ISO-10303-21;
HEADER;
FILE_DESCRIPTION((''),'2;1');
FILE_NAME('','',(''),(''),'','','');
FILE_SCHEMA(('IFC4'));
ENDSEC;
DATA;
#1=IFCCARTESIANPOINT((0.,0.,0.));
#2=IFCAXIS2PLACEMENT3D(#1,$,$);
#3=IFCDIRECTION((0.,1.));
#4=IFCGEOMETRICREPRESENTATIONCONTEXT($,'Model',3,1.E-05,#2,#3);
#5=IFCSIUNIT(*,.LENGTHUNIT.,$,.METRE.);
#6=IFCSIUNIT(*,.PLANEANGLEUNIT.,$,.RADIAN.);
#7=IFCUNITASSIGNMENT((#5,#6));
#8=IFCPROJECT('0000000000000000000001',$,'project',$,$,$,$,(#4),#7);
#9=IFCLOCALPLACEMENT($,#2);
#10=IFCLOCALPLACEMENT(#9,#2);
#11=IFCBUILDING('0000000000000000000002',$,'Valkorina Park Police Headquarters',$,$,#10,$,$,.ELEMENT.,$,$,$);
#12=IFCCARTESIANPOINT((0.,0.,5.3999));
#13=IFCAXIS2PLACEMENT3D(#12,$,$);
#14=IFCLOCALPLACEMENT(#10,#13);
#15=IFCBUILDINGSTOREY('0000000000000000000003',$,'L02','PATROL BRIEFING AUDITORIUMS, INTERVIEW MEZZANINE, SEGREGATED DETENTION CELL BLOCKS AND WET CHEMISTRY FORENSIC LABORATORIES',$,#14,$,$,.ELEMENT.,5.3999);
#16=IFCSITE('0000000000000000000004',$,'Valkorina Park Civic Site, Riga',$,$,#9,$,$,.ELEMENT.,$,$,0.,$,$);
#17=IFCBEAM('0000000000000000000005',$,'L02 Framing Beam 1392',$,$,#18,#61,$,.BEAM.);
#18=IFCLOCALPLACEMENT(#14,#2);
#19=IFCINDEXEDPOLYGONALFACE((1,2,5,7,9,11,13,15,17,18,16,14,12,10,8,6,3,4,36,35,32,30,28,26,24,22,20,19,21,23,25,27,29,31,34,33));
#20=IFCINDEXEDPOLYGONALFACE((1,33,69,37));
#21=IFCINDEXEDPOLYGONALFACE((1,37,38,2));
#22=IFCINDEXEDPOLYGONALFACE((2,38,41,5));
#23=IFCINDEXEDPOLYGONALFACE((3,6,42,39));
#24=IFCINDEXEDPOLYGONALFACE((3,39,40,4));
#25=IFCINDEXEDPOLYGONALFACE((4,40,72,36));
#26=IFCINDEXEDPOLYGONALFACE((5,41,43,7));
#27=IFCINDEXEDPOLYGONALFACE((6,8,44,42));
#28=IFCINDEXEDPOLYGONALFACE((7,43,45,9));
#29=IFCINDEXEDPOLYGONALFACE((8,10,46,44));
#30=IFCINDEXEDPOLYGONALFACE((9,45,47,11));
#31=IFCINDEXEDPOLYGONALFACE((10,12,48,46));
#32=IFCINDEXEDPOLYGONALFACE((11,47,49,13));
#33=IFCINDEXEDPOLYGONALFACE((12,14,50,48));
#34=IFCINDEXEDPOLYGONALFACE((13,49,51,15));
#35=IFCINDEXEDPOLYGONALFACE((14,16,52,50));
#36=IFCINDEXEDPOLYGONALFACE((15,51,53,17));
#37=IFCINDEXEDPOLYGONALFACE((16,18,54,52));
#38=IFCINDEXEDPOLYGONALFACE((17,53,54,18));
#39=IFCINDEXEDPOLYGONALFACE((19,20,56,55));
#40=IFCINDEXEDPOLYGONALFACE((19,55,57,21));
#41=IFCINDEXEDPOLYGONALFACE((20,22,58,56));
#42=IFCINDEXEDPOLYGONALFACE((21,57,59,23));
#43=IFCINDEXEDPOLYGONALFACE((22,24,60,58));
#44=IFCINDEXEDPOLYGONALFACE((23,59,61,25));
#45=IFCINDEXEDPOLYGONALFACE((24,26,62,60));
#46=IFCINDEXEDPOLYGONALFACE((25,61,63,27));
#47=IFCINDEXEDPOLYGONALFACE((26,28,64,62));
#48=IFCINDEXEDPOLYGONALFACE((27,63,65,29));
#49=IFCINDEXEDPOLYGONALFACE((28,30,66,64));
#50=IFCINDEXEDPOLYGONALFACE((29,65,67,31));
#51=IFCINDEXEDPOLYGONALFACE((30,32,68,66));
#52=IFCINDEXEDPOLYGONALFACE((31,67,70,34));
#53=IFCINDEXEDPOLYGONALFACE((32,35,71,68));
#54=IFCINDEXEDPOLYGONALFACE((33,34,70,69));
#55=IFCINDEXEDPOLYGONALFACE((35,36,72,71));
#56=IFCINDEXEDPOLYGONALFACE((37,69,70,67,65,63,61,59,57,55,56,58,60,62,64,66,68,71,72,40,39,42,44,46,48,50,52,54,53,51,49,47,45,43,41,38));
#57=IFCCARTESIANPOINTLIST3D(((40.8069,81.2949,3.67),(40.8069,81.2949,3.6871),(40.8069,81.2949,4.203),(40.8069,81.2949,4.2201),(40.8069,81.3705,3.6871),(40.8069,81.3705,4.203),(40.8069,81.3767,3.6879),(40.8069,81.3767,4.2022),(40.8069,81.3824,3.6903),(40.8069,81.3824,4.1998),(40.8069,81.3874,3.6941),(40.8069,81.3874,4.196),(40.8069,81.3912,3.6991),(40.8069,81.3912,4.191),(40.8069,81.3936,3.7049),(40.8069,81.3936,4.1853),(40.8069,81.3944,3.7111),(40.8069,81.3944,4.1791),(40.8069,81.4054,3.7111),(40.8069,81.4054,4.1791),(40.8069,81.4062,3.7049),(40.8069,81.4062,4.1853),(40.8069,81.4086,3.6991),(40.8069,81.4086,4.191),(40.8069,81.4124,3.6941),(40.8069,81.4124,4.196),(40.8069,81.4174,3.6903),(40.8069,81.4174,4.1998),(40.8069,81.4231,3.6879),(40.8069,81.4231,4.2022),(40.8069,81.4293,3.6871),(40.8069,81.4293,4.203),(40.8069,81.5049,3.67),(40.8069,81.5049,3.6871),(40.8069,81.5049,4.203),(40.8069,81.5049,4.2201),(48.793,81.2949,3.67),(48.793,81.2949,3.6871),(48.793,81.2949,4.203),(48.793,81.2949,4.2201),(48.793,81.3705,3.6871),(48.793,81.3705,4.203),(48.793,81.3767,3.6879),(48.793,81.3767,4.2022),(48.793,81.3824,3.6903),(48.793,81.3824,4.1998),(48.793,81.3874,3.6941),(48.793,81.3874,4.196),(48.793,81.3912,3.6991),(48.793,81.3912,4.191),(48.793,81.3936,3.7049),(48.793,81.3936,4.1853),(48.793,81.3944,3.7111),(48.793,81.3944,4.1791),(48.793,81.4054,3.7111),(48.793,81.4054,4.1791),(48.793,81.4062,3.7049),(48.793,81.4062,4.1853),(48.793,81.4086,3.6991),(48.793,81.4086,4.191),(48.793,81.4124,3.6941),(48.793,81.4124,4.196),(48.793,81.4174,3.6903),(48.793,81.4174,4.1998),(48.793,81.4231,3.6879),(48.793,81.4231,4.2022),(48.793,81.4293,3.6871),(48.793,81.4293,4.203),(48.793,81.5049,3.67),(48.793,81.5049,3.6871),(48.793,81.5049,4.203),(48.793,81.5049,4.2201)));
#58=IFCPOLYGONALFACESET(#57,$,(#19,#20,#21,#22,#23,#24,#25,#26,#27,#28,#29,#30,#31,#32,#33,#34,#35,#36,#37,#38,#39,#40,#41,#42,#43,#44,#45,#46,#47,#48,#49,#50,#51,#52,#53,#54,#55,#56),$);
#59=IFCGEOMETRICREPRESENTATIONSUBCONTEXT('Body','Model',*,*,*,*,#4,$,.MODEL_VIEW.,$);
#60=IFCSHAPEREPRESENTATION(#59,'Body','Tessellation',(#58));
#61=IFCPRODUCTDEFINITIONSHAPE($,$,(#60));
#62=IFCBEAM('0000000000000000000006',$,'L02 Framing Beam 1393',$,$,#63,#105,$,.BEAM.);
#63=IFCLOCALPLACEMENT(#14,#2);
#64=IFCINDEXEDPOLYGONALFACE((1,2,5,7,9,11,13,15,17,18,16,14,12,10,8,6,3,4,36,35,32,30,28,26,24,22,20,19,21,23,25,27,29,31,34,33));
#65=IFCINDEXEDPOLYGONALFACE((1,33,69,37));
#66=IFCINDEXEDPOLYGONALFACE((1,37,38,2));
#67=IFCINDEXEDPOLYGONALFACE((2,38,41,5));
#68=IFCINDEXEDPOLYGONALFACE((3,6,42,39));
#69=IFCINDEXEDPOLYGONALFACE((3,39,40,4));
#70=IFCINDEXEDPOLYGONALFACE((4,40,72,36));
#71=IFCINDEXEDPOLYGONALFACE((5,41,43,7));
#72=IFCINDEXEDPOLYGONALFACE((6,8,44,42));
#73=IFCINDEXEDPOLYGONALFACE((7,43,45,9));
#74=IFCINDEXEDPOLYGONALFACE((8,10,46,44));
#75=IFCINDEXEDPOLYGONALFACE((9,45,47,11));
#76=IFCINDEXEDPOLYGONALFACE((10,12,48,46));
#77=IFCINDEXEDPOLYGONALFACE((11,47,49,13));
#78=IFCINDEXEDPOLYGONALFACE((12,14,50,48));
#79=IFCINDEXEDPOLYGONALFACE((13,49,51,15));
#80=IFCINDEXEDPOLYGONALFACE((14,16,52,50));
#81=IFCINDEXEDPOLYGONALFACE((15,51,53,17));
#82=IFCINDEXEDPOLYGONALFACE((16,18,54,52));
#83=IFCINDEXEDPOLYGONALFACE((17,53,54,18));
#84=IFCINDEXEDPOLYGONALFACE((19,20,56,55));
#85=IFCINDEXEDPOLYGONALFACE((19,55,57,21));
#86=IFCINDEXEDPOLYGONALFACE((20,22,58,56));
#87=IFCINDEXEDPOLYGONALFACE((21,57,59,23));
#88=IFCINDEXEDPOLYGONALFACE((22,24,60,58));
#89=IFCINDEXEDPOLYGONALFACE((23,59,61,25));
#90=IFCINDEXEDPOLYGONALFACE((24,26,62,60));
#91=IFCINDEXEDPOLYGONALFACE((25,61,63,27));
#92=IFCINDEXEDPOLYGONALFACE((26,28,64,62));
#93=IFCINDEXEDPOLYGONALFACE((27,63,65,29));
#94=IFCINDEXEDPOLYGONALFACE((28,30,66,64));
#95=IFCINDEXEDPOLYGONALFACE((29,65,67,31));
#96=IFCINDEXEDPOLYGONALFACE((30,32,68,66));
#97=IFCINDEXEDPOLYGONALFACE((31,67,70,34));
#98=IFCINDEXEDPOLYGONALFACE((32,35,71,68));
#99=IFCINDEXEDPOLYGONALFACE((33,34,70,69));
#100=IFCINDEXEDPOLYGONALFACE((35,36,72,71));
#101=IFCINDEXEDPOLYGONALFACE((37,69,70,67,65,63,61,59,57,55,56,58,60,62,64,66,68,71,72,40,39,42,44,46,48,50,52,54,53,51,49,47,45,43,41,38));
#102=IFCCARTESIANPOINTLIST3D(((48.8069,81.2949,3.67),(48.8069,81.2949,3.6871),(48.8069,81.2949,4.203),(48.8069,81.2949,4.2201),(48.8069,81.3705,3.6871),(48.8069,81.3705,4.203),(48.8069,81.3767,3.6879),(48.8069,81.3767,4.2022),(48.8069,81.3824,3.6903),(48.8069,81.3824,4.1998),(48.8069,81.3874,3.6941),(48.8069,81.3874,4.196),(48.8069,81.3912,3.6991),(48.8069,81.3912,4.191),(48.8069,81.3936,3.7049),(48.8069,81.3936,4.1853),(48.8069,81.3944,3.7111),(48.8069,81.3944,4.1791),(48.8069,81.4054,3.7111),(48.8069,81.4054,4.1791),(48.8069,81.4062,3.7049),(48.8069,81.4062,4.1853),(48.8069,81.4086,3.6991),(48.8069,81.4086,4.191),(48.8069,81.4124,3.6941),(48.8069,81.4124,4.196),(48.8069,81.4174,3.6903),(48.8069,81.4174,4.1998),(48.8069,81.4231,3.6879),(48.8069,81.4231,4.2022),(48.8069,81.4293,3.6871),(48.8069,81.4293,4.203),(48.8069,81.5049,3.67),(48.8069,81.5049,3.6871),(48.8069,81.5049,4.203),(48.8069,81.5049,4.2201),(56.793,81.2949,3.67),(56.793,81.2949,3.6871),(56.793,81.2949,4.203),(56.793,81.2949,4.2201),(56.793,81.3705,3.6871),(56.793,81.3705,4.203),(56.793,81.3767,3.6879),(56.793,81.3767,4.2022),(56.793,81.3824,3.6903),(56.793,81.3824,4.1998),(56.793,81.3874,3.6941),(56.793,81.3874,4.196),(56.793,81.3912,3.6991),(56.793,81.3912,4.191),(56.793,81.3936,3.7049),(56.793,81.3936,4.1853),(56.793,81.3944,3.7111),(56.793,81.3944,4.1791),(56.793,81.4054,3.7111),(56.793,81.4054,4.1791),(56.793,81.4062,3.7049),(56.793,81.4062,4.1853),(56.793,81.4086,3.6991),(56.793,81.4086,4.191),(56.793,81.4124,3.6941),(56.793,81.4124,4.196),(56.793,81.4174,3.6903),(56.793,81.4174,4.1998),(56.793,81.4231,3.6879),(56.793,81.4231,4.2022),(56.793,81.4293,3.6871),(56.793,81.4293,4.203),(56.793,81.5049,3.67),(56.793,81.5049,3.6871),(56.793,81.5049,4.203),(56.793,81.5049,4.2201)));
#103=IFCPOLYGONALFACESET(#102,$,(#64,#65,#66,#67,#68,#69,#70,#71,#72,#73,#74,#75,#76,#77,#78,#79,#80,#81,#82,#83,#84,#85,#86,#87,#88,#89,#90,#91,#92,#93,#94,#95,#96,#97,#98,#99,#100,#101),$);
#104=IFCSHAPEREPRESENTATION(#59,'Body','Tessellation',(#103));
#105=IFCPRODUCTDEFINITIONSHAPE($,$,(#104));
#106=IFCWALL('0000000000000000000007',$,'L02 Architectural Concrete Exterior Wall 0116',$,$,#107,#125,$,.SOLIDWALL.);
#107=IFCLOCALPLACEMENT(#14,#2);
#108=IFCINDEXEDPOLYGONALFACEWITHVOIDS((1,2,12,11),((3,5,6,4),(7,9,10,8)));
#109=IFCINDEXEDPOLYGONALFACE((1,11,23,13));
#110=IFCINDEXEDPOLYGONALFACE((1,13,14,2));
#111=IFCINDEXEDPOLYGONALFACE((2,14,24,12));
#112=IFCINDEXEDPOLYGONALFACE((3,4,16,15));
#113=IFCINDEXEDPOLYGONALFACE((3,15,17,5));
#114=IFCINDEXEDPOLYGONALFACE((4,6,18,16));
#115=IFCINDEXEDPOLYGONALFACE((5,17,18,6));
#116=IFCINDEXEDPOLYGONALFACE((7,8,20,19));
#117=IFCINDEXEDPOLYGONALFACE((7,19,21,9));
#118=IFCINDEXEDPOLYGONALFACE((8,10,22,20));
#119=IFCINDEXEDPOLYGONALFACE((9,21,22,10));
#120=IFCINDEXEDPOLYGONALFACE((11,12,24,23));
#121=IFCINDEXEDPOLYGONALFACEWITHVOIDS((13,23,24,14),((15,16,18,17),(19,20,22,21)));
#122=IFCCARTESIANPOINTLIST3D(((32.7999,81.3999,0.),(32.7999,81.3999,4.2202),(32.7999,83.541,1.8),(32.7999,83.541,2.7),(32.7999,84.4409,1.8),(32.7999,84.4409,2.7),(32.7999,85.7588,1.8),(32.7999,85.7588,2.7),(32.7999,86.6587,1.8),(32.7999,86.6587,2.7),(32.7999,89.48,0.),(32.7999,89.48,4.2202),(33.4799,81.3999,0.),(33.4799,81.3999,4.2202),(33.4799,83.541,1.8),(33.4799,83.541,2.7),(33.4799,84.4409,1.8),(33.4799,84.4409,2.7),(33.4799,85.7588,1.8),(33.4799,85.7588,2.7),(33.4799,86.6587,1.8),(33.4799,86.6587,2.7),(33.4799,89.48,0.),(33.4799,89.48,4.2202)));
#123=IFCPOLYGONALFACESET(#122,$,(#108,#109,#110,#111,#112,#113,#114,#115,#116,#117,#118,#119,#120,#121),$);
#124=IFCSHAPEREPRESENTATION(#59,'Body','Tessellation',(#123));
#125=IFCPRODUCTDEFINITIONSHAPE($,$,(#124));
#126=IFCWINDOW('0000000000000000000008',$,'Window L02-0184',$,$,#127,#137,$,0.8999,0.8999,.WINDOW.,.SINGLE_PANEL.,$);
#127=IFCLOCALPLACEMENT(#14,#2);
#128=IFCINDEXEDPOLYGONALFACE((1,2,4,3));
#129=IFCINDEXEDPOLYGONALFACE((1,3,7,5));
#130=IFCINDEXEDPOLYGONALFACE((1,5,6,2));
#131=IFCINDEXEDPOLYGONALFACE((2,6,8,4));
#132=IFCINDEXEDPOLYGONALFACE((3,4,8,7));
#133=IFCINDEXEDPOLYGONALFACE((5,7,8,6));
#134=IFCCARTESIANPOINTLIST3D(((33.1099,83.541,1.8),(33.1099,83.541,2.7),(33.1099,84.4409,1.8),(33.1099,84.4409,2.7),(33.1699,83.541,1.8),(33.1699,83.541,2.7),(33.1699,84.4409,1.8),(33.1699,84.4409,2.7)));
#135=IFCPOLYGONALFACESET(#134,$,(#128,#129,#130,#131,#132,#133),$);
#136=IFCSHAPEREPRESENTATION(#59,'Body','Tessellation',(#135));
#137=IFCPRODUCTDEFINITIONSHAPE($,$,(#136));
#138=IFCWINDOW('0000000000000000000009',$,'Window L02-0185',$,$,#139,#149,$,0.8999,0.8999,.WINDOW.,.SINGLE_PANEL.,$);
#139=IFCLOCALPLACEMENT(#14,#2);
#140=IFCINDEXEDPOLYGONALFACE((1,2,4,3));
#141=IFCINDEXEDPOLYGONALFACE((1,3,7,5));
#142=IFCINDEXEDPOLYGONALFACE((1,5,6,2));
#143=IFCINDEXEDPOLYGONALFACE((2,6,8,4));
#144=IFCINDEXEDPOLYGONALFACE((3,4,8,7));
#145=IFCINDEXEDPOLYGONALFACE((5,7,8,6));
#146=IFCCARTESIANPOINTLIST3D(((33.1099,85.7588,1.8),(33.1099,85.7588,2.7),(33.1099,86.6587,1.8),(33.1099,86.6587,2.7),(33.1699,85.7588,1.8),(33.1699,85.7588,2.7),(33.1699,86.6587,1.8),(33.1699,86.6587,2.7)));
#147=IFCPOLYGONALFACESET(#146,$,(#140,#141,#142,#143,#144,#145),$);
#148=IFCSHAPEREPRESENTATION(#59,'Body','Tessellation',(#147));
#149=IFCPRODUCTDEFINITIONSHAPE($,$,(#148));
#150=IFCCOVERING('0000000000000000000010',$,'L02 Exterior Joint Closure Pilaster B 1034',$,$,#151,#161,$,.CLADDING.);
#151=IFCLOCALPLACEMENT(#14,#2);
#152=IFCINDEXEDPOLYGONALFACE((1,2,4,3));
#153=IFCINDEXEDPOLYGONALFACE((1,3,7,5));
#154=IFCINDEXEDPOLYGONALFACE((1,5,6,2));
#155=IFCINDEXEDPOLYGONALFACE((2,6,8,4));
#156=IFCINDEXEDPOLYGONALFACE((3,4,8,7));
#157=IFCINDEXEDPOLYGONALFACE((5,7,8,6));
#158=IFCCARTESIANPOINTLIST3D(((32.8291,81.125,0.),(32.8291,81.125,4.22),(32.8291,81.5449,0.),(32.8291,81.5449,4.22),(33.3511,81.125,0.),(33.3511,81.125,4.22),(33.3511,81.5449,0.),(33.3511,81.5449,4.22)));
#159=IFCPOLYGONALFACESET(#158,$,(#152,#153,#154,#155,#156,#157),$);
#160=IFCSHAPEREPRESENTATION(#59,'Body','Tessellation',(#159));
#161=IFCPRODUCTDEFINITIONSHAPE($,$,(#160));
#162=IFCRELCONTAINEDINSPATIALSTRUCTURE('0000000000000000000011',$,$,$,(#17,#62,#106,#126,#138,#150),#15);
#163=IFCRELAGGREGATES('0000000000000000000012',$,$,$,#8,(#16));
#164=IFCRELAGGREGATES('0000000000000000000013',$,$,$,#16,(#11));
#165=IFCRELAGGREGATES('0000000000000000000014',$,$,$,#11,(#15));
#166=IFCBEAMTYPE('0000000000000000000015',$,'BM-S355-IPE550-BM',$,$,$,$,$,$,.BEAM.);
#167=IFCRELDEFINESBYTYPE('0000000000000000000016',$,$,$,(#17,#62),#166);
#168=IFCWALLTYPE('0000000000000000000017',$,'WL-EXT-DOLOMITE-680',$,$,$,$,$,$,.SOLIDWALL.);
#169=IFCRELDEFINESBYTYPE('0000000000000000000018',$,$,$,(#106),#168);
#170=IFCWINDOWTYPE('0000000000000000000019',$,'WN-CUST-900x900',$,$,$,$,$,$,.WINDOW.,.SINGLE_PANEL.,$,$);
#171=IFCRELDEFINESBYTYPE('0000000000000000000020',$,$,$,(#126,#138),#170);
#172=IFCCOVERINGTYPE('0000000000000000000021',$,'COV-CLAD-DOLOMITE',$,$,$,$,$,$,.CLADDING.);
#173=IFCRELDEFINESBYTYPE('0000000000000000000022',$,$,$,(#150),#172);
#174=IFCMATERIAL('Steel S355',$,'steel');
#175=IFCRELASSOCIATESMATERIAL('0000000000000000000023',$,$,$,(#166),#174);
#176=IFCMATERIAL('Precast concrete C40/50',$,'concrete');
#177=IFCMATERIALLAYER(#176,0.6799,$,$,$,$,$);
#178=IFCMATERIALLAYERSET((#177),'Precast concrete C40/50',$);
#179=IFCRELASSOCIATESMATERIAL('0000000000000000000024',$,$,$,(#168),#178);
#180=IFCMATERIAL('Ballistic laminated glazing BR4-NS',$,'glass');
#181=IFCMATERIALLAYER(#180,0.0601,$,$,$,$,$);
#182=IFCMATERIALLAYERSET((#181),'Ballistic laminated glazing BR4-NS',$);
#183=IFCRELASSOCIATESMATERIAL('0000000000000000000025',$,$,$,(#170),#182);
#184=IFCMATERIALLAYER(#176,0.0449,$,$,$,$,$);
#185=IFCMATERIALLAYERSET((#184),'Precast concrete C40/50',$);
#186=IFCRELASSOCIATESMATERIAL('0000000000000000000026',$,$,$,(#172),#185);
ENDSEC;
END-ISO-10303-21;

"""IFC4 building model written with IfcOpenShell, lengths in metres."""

from ifc_helpers import new_model, si_unit, direction, frame, frame_2d, origin, origin_2d, place, context, subcontext, project, spatial, rectangle, i_section, extrude, material, layer, layer_set, material_profile, profile_set, type_object, element, fill, save


model = new_model("IFC4")

# Units and contexts
model_context = context("Model", 3, precision=1e-05, world=origin(), true_north=direction((0.0, 1.0)))
body_context = subcontext(model_context, "Body", "Model", "MODEL_VIEW")
ifc_project = project(units=[si_unit("LENGTHUNIT", "METRE"), si_unit("PLANEANGLEUNIT", "RADIAN")], contexts=[model_context])

# Site, building, storey
site_placement = place(None, origin())
site = spatial("IfcSite", under=ifc_project, at=site_placement, Name="Valkorina Park Civic Site, Riga", CompositionType="ELEMENT", RefElevation=0.0)
building_placement = place(site_placement, origin())
building = spatial("IfcBuilding", under=site, at=building_placement, Name="Valkorina Park Police Headquarters", CompositionType="ELEMENT")
storey_placement = place(building_placement, frame((0.0, 0.0, 5.3999)))
storey = spatial("IfcBuildingStorey", under=building, at=storey_placement, Name="L02", Description="PATROL BRIEFING AUDITORIUMS, INTERVIEW MEZZANINE, SEGREGATED DETENTION CELL BLOCKS AND WET CHEMISTRY FORENSIC LABORATORIES", CompositionType="ELEMENT", Elevation=5.3999)

# Shared definitions
ifc_material_1 = material(Name="Steel S355", Category="steel")

# Beams
ifc_material_profile_1 = material_profile(ifc_material_1, i_section(OverallWidth=0.21, OverallDepth=0.55, WebThickness=0.011, FlangeThickness=0.0171, FilletRadius=0.0239, at=origin_2d()), Name="IPE 550")
ifc_profile_set_1 = profile_set([ifc_material_profile_1], Name="Steel S355")
beam_type_1 = type_object("IfcBeamType", Name="BM-S355-IPE550-BM", PredefinedType="BEAM", material=ifc_profile_set_1)
for number, where, z_axis, x_axis, name in (
    (1, (40.8069, 81.3999, 3.9451), (1.0, 0.0, 0.0), (0.0, 1.0, 0.0), "L02 Framing Beam 1392"),
    (2, (48.8069, 81.3999, 3.9451), (1.0, 0.0, 0.0), (0.0, 1.0, 0.0), "L02 Framing Beam 1393"),
):
    element("IfcBeam", number, at=place(storey_placement, frame(where, z_axis=z_axis, x_axis=x_axis)), inside=storey, type_object=beam_type_1, Name=name, PredefinedType="BEAM", context=body_context, shape_type="SweptSolid", body=[
        extrude(i_section(OverallWidth=0.21, OverallDepth=0.55, WebThickness=0.011, FlangeThickness=0.0171, FilletRadius=0.0239, at=origin_2d()), origin(), (0.0, 0.0, 1.0), 7.9861),
    ])

# Wall, openings, windows
ifc_material_2 = material(Name="Precast concrete C40/50", Category="concrete")
ifc_layer_1 = layer(ifc_material_2, 0.6799)
ifc_layer_set_1 = layer_set([ifc_layer_1], Name="Precast concrete C40/50")
wall_type = type_object("IfcWallType", Name="WL-EXT-DOLOMITE-680", PredefinedType="SOLIDWALL", material=ifc_layer_set_1)
wall_placement = place(storey_placement, frame((33.1399, 81.3999, 0.0), z_axis=(0.0, 0.0, 1.0), x_axis=(0.0, 1.0, 0.0)))
wall = element("IfcWall", 3, at=wall_placement, inside=storey, type_object=wall_type, Name="L02 Architectural Concrete Exterior Wall 0116", PredefinedType="SOLIDWALL", context=body_context, shape_type="SweptSolid", body=[
    extrude(rectangle(XDim=8.0801, YDim=0.6799, at=frame_2d((4.04, 0.0))), origin(), (0.0, 0.0, 1.0), 4.2202),
])
opening_1_placement = place(wall_placement, frame((2.1411, 0.0, 1.8)))
opening_1 = element("IfcOpeningElement", 4, at=opening_1_placement, cuts=wall, PredefinedType="OPENING", context=body_context, shape_type="SweptSolid", body=[
    extrude(rectangle(XDim=0.8999, YDim=0.8999, at=frame_2d((0.45, 0.45))), frame((0.0, 0.3501, 0.0), z_axis=(0.0, -1.0, 0.0), x_axis=(1.0, 0.0, 0.0)), (0.0, 0.0, 1.0), 0.7),
])
opening_2_placement = place(wall_placement, frame((4.3589, 0.0, 1.8)))
opening_2 = element("IfcOpeningElement", 5, at=opening_2_placement, cuts=wall, PredefinedType="OPENING", context=body_context, shape_type="SweptSolid", body=[
    extrude(rectangle(XDim=0.8999, YDim=0.8999, at=frame_2d((0.45, 0.45))), frame((0.0, 0.3501, 0.0), z_axis=(0.0, -1.0, 0.0), x_axis=(1.0, 0.0, 0.0)), (0.0, 0.0, 1.0), 0.7),
])
ifc_material_3 = material(Name="Ballistic laminated glazing BR4-NS", Category="glass")
ifc_layer_2 = layer(ifc_material_3, 0.0601)
ifc_layer_set_2 = layer_set([ifc_layer_2], Name="Ballistic laminated glazing BR4-NS")
window_type = type_object("IfcWindowType", Name="WN-CUST-900x900", PartitioningType="SINGLE_PANEL", PredefinedType="WINDOW", material=ifc_layer_set_2)
window_1_placement = place(opening_1_placement, origin())
window_1 = element("IfcWindow", 6, at=window_1_placement, inside=storey, type_object=window_type, Name="Window L02-0184", OverallHeight=0.8999, OverallWidth=0.8999, PartitioningType="SINGLE_PANEL", PredefinedType="WINDOW", context=body_context, shape_type="SweptSolid", body=[
    extrude(rectangle(XDim=0.8999, YDim=0.8999, at=frame_2d((0.45, 0.45))), frame((0.0, 0.03, 0.0), z_axis=(0.0, -1.0, 0.0), x_axis=(1.0, 0.0, 0.0)), (0.0, 0.0, 1.0), 0.0601),
])
fill(opening_1, window_1)
window_2_placement = place(opening_2_placement, origin())
window_2 = element("IfcWindow", 7, at=window_2_placement, inside=storey, type_object=window_type, Name="Window L02-0185", OverallHeight=0.8999, OverallWidth=0.8999, PartitioningType="SINGLE_PANEL", PredefinedType="WINDOW", context=body_context, shape_type="SweptSolid", body=[
    extrude(rectangle(XDim=0.8999, YDim=0.8999, at=frame_2d((0.45, 0.45))), frame((0.0, 0.03, 0.0), z_axis=(0.0, -1.0, 0.0), x_axis=(1.0, 0.0, 0.0)), (0.0, 0.0, 1.0), 0.0601),
])
fill(opening_2, window_2)

# Covering
ifc_layer_3 = layer(ifc_material_2, 0.0449)
ifc_layer_set_3 = layer_set([ifc_layer_3], Name="Precast concrete C40/50")
covering_type = type_object("IfcCoveringType", Name="COV-CLAD-DOLOMITE", PredefinedType="CLADDING", material=ifc_layer_set_3)
covering_placement = place(storey_placement, frame((33.0901, 81.335, 0.0), z_axis=(0.0, 0.0, 1.0), x_axis=(0.0, 1.0, 0.0)))
element("IfcCovering", 8, at=covering_placement, inside=storey, type_object=covering_type, Name="L02 Exterior Joint Closure Pilaster B 1034", PredefinedType="CLADDING", context=body_context, shape_type="SweptSolid", body=[
    extrude(rectangle(XDim=0.4199, YDim=0.522, at=origin_2d()), origin(), (0.0, 0.0, 1.0), 4.22),
])

save(model, "model.ifc")
